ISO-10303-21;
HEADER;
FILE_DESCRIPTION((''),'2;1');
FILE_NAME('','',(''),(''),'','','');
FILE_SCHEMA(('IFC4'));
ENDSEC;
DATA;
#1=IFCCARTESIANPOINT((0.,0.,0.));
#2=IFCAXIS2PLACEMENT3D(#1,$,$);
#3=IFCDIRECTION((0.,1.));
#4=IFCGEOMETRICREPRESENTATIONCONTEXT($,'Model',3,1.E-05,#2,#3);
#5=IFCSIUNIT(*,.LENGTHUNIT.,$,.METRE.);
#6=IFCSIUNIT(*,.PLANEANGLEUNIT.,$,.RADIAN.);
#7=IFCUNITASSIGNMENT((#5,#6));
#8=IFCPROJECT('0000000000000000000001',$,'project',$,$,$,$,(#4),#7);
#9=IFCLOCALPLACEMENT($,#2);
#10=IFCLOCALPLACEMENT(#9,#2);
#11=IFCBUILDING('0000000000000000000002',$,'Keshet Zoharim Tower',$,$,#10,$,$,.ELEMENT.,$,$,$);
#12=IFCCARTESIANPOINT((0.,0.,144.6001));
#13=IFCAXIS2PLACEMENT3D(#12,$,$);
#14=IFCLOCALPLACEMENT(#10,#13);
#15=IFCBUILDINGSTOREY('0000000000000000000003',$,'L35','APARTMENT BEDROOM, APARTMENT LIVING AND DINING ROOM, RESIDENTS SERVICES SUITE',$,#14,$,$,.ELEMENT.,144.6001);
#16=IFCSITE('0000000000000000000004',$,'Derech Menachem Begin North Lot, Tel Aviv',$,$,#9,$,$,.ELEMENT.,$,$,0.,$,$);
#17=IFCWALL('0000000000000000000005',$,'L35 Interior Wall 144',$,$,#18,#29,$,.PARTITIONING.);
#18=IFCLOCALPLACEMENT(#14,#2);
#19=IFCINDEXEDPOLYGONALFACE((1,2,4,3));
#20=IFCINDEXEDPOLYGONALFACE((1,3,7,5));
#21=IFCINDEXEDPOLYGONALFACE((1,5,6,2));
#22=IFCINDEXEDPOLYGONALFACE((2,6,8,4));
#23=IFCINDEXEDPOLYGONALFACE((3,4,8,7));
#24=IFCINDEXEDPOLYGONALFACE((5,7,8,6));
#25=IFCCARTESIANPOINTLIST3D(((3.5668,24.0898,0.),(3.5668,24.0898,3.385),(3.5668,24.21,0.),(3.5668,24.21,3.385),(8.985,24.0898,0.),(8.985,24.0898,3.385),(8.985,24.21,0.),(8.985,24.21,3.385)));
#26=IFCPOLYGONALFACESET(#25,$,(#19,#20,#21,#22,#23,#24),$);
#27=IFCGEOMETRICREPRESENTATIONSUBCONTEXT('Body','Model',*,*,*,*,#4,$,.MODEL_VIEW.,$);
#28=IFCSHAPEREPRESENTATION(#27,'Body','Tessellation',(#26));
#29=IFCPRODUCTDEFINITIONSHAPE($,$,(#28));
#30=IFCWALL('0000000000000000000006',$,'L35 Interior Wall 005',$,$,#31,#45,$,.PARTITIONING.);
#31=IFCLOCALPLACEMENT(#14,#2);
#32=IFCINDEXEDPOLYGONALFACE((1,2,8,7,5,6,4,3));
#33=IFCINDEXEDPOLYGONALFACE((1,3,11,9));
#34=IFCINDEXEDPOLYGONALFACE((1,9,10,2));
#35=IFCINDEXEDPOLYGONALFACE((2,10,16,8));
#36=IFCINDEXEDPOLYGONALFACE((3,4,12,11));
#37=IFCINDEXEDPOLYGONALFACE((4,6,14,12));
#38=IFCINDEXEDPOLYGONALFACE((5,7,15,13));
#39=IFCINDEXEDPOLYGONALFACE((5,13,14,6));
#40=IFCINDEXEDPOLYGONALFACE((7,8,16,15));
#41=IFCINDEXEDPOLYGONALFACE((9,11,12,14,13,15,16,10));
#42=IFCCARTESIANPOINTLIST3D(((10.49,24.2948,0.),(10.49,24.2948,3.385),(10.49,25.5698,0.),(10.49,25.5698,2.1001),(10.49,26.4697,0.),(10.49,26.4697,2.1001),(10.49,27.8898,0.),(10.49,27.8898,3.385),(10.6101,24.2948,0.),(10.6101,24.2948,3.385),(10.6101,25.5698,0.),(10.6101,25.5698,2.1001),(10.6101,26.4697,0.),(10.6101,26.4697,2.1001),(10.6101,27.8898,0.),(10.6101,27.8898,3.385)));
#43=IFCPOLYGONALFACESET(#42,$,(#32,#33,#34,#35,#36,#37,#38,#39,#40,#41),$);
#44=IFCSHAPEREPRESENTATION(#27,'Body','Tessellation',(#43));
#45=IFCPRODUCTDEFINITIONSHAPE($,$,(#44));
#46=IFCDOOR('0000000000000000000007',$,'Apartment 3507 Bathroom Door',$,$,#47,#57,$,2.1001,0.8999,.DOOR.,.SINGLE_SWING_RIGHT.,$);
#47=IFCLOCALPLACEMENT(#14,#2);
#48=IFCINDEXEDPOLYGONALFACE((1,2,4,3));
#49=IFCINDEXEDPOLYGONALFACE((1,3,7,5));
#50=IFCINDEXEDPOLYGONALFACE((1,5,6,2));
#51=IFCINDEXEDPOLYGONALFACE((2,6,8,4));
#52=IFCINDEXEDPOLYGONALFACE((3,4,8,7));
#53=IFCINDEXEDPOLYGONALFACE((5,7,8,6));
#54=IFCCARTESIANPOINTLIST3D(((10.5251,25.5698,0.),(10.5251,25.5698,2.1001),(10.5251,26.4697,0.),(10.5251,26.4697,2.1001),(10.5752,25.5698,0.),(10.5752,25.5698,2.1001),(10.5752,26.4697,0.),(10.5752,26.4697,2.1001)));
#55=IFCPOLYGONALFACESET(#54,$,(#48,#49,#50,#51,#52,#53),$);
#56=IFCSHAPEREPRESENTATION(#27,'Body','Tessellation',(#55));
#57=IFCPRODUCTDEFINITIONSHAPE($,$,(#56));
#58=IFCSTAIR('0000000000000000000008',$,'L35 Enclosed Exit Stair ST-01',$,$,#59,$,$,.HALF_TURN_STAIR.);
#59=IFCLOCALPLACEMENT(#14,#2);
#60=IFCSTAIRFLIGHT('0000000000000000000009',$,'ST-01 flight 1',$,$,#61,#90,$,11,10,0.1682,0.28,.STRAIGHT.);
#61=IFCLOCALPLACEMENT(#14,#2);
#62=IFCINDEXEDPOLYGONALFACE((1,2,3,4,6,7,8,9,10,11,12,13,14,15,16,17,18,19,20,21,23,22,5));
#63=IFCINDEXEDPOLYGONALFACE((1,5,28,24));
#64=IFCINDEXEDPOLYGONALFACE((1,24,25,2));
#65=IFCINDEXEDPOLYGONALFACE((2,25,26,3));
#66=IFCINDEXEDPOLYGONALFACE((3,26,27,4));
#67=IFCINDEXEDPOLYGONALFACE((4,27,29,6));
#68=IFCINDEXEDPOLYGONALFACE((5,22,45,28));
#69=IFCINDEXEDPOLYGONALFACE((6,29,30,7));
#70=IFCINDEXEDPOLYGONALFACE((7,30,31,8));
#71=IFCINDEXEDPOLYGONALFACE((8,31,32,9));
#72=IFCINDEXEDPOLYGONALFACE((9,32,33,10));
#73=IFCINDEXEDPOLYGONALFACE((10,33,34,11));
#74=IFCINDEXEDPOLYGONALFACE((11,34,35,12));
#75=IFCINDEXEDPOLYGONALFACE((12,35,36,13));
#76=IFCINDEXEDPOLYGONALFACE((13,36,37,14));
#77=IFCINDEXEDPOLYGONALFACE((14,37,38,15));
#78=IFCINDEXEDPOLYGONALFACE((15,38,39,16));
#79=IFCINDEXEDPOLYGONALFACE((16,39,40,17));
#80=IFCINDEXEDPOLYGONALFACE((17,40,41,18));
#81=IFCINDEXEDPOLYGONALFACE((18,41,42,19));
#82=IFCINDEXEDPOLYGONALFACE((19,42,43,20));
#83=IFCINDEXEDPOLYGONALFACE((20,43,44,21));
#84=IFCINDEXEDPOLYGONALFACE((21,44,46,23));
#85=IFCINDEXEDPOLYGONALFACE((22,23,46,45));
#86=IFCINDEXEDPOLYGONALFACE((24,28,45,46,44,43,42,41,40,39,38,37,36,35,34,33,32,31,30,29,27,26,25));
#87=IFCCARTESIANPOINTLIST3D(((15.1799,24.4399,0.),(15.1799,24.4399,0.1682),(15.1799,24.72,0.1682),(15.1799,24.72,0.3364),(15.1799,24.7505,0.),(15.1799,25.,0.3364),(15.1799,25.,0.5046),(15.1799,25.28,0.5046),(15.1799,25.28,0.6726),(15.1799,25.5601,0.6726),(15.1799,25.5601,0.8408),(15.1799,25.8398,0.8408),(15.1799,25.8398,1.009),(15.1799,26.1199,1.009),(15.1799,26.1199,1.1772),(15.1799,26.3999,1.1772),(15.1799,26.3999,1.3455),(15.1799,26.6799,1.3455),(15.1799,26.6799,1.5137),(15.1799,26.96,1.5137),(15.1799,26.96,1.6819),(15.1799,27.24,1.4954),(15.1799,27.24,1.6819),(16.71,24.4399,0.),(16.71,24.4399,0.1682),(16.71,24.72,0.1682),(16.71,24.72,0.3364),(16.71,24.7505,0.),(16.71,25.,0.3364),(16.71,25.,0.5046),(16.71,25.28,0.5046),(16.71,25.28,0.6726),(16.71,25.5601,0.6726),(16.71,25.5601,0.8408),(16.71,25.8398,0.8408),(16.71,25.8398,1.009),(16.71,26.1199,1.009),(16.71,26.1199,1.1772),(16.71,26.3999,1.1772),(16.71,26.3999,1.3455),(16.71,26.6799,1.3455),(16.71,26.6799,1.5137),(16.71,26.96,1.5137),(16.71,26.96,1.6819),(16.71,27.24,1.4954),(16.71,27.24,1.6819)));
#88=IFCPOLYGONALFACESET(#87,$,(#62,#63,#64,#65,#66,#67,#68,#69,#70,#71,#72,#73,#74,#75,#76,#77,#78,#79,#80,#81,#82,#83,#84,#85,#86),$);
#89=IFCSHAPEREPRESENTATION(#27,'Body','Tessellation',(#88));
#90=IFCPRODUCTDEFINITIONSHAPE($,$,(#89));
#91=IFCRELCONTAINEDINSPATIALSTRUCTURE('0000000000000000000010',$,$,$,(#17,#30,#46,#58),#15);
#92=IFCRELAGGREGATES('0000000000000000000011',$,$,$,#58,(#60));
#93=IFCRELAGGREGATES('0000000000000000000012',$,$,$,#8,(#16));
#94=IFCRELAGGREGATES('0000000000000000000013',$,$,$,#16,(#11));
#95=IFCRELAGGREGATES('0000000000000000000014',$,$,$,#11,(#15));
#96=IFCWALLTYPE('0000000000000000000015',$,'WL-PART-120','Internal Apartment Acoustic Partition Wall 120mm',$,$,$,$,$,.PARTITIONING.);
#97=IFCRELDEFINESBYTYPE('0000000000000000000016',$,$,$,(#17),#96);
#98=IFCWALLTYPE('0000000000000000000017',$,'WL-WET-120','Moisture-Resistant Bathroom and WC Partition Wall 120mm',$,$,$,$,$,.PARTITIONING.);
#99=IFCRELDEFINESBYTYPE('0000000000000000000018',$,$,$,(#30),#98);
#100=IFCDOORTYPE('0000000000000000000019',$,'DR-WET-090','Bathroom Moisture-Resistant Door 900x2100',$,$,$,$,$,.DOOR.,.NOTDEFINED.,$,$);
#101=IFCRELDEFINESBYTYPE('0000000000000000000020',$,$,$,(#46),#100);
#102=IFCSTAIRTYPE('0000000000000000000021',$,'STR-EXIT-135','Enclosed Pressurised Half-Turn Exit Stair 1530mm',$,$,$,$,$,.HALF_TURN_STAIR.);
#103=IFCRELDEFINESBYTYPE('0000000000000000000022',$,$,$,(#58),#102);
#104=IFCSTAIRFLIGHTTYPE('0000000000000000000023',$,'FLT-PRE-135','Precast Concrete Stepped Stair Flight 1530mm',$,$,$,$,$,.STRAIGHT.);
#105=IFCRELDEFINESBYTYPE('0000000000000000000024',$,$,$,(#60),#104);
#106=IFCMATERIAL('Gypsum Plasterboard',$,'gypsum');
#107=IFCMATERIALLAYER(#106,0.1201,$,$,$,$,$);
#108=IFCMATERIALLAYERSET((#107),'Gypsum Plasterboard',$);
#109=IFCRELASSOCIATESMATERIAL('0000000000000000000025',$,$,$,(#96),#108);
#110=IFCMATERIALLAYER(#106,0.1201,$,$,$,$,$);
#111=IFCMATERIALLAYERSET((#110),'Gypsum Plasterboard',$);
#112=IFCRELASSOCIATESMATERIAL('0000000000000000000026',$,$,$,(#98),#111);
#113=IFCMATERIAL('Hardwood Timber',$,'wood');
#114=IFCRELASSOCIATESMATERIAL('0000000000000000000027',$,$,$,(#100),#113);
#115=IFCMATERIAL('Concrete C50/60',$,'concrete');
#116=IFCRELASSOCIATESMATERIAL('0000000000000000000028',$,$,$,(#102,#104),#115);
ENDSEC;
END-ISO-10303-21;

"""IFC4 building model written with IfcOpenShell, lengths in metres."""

from ifc_helpers import new_model, si_unit, direction, frame, frame_2d, origin, place, context, subcontext, project, spatial, polyline, rectangle, outline, extrude, material, layer, layer_set, type_object, element, fill, aggregate, save


model = new_model("IFC4")

# Units and contexts
model_context = context("Model", 3, precision=1e-05, world=origin(), true_north=direction((0.0, 1.0)))
body_context = subcontext(model_context, "Body", "Model", "MODEL_VIEW")
ifc_project = project(units=[si_unit("LENGTHUNIT", "METRE"), si_unit("PLANEANGLEUNIT", "RADIAN")], contexts=[model_context])

# Site, building, storey
site_placement = place(None, origin())
site = spatial("IfcSite", under=ifc_project, at=site_placement, Name="Derech Menachem Begin North Lot, Tel Aviv", CompositionType="ELEMENT", RefElevation=0.0)
building_placement = place(site_placement, origin())
building = spatial("IfcBuilding", under=site, at=building_placement, Name="Keshet Zoharim Tower", CompositionType="ELEMENT")
storey_placement = place(building_placement, frame((0.0, 0.0, 144.6001)))
storey = spatial("IfcBuildingStorey", under=building, at=storey_placement, Name="L35", Description="APARTMENT BEDROOM, APARTMENT LIVING AND DINING ROOM, RESIDENTS SERVICES SUITE", CompositionType="ELEMENT", Elevation=144.6001)

# Shared definitions
ifc_material_1 = material(Name="Gypsum Plasterboard", Category="gypsum")

# Shared definitions
ifc_layer_1 = layer(ifc_material_1, 0.1201)
ifc_layer_set_1 = layer_set([ifc_layer_1], Name="Gypsum Plasterboard")
wall_type_1 = type_object("IfcWallType", Name="WL-PART-120", Description="Internal Apartment Acoustic Partition Wall 120mm", PredefinedType="PARTITIONING", material=ifc_layer_set_1)
ifc_material_2 = material(Name="Hardwood Timber", Category="wood")

# Wall
wall_1_placement = place(storey_placement, frame((3.5669, 24.1499, 0.0), z_axis=(0.0, 0.0, 1.0), x_axis=(1.0, 0.0, 0.0)))
element("IfcWall", 1, at=wall_1_placement, inside=storey, type_object=wall_type_1, Name="L35 Interior Wall 144", PredefinedType="PARTITIONING", context=body_context, shape_type="SweptSolid", body=[
    extrude(rectangle(XDim=5.4182, YDim=0.1201, at=frame_2d((2.709, 0.0))), origin(), (0.0, 0.0, 1.0), 3.385),
])

# Wall, opening, door
ifc_layer_2 = layer(ifc_material_1, 0.1201)
ifc_layer_set_2 = layer_set([ifc_layer_2], Name="Gypsum Plasterboard")
wall_type_2 = type_object("IfcWallType", Name="WL-WET-120", Description="Moisture-Resistant Bathroom and WC Partition Wall 120mm", PredefinedType="PARTITIONING", material=ifc_layer_set_2)
wall_2_placement = place(storey_placement, frame((10.55, 24.2949, 0.0), z_axis=(0.0, 0.0, 1.0), x_axis=(0.0, 1.0, 0.0)))
wall_2 = element("IfcWall", 2, at=wall_2_placement, inside=storey, type_object=wall_type_2, Name="L35 Interior Wall 005", PredefinedType="PARTITIONING", context=body_context, shape_type="SweptSolid", body=[
    extrude(rectangle(XDim=3.595, YDim=0.1201, at=frame_2d((1.7974, 0.0))), origin(), (0.0, 0.0, 1.0), 3.385),
])
opening_1_placement = place(wall_2_placement, frame((1.2749, 0.0, 0.0)))
opening_1 = element("IfcOpeningElement", 3, at=opening_1_placement, cuts=wall_2, PredefinedType="OPENING", context=body_context, shape_type="SweptSolid", body=[
    extrude(rectangle(XDim=0.8999, YDim=2.1001, at=frame_2d((0.45, 1.05))), frame((0.0, 0.0701, 0.0), z_axis=(0.0, -1.0, 0.0), x_axis=(1.0, 0.0, 0.0)), (0.0, 0.0, 1.0), 0.1401),
])
door_type_1 = type_object("IfcDoorType", Name="DR-WET-090", Description="Bathroom Moisture-Resistant Door 900x2100", OperationType="NOTDEFINED", PredefinedType="DOOR", material=ifc_material_2)
door_1_placement = place(opening_1_placement, origin())
door_1 = element("IfcDoor", 4, at=door_1_placement, inside=storey, type_object=door_type_1, Name="Apartment 3507 Bathroom Door", OperationType="SINGLE_SWING_RIGHT", OverallHeight=2.1001, OverallWidth=0.8999, PredefinedType="DOOR", context=body_context, shape_type="SweptSolid", body=[
    extrude(rectangle(XDim=0.8999, YDim=2.1001, at=frame_2d((0.45, 1.05))), frame((0.0, 0.0249, 0.0), z_axis=(0.0, -1.0, 0.0), x_axis=(1.0, 0.0, 0.0)), (0.0, 0.0, 1.0), 0.05),
])
fill(opening_1, door_1)

# Stair, stair flight
ifc_material_3 = material(Name="Concrete C50/60", Category="concrete")
stair_type = type_object("IfcStairType", Name="STR-EXIT-135", Description="Enclosed Pressurised Half-Turn Exit Stair 1530mm", PredefinedType="HALF_TURN_STAIR", material=ifc_material_3)
stair_placement = place(storey_placement, origin())
stair = element("IfcStair", 5, at=stair_placement, inside=storey, type_object=stair_type, Name="L35 Enclosed Exit Stair ST-01", PredefinedType="HALF_TURN_STAIR")
stair_flight_type = type_object("IfcStairFlightType", Name="FLT-PRE-135", Description="Precast Concrete Stepped Stair Flight 1530mm", PredefinedType="STRAIGHT", material=ifc_material_3)
stair_flight_placement = place(storey_placement, frame((15.9451, 24.4399, 0.0), z_axis=(0.0, 0.0, 1.0), x_axis=(0.0, 1.0, 0.0)))
stair_flight = element("IfcStairFlight", 6, at=stair_flight_placement, type_object=stair_flight_type, Name="ST-01 flight 1", NumberOfRisers=11, NumberOfTreads=10, PredefinedType="STRAIGHT", RiserHeight=0.1682, TreadLength=0.28, context=body_context, shape_type="SweptSolid", body=[
    extrude(outline(polyline([(0.0, 0.0), (0.0, 0.1682), (0.28, 0.1682), (0.28, 0.3364), (0.5601, 0.3364), (0.5601, 0.5046), (0.8401, 0.5046), (0.8401, 0.6726), (1.1201, 0.6726), (1.1201, 0.8408), (1.3999, 0.8408), (1.3999, 1.009), (1.6799, 1.009), (1.6799, 1.1772), (1.96, 1.1772), (1.96, 1.3455), (2.24, 1.3455), (2.24, 1.5137), (2.52, 1.5137), (2.52, 1.6819), (2.8, 1.6819), (2.8, 1.8501), (2.8, 1.4954), (0.3105, 0.0), (0.0, 0.0)])), frame((0.0, 0.7651, 0.0), z_axis=(0.0, -1.0, 0.0), x_axis=(1.0, 0.0, 0.0)), (0.0, 0.0, 1.0), 1.53),
])
aggregate(stair, [stair_flight])

save(model, "model.ifc")
